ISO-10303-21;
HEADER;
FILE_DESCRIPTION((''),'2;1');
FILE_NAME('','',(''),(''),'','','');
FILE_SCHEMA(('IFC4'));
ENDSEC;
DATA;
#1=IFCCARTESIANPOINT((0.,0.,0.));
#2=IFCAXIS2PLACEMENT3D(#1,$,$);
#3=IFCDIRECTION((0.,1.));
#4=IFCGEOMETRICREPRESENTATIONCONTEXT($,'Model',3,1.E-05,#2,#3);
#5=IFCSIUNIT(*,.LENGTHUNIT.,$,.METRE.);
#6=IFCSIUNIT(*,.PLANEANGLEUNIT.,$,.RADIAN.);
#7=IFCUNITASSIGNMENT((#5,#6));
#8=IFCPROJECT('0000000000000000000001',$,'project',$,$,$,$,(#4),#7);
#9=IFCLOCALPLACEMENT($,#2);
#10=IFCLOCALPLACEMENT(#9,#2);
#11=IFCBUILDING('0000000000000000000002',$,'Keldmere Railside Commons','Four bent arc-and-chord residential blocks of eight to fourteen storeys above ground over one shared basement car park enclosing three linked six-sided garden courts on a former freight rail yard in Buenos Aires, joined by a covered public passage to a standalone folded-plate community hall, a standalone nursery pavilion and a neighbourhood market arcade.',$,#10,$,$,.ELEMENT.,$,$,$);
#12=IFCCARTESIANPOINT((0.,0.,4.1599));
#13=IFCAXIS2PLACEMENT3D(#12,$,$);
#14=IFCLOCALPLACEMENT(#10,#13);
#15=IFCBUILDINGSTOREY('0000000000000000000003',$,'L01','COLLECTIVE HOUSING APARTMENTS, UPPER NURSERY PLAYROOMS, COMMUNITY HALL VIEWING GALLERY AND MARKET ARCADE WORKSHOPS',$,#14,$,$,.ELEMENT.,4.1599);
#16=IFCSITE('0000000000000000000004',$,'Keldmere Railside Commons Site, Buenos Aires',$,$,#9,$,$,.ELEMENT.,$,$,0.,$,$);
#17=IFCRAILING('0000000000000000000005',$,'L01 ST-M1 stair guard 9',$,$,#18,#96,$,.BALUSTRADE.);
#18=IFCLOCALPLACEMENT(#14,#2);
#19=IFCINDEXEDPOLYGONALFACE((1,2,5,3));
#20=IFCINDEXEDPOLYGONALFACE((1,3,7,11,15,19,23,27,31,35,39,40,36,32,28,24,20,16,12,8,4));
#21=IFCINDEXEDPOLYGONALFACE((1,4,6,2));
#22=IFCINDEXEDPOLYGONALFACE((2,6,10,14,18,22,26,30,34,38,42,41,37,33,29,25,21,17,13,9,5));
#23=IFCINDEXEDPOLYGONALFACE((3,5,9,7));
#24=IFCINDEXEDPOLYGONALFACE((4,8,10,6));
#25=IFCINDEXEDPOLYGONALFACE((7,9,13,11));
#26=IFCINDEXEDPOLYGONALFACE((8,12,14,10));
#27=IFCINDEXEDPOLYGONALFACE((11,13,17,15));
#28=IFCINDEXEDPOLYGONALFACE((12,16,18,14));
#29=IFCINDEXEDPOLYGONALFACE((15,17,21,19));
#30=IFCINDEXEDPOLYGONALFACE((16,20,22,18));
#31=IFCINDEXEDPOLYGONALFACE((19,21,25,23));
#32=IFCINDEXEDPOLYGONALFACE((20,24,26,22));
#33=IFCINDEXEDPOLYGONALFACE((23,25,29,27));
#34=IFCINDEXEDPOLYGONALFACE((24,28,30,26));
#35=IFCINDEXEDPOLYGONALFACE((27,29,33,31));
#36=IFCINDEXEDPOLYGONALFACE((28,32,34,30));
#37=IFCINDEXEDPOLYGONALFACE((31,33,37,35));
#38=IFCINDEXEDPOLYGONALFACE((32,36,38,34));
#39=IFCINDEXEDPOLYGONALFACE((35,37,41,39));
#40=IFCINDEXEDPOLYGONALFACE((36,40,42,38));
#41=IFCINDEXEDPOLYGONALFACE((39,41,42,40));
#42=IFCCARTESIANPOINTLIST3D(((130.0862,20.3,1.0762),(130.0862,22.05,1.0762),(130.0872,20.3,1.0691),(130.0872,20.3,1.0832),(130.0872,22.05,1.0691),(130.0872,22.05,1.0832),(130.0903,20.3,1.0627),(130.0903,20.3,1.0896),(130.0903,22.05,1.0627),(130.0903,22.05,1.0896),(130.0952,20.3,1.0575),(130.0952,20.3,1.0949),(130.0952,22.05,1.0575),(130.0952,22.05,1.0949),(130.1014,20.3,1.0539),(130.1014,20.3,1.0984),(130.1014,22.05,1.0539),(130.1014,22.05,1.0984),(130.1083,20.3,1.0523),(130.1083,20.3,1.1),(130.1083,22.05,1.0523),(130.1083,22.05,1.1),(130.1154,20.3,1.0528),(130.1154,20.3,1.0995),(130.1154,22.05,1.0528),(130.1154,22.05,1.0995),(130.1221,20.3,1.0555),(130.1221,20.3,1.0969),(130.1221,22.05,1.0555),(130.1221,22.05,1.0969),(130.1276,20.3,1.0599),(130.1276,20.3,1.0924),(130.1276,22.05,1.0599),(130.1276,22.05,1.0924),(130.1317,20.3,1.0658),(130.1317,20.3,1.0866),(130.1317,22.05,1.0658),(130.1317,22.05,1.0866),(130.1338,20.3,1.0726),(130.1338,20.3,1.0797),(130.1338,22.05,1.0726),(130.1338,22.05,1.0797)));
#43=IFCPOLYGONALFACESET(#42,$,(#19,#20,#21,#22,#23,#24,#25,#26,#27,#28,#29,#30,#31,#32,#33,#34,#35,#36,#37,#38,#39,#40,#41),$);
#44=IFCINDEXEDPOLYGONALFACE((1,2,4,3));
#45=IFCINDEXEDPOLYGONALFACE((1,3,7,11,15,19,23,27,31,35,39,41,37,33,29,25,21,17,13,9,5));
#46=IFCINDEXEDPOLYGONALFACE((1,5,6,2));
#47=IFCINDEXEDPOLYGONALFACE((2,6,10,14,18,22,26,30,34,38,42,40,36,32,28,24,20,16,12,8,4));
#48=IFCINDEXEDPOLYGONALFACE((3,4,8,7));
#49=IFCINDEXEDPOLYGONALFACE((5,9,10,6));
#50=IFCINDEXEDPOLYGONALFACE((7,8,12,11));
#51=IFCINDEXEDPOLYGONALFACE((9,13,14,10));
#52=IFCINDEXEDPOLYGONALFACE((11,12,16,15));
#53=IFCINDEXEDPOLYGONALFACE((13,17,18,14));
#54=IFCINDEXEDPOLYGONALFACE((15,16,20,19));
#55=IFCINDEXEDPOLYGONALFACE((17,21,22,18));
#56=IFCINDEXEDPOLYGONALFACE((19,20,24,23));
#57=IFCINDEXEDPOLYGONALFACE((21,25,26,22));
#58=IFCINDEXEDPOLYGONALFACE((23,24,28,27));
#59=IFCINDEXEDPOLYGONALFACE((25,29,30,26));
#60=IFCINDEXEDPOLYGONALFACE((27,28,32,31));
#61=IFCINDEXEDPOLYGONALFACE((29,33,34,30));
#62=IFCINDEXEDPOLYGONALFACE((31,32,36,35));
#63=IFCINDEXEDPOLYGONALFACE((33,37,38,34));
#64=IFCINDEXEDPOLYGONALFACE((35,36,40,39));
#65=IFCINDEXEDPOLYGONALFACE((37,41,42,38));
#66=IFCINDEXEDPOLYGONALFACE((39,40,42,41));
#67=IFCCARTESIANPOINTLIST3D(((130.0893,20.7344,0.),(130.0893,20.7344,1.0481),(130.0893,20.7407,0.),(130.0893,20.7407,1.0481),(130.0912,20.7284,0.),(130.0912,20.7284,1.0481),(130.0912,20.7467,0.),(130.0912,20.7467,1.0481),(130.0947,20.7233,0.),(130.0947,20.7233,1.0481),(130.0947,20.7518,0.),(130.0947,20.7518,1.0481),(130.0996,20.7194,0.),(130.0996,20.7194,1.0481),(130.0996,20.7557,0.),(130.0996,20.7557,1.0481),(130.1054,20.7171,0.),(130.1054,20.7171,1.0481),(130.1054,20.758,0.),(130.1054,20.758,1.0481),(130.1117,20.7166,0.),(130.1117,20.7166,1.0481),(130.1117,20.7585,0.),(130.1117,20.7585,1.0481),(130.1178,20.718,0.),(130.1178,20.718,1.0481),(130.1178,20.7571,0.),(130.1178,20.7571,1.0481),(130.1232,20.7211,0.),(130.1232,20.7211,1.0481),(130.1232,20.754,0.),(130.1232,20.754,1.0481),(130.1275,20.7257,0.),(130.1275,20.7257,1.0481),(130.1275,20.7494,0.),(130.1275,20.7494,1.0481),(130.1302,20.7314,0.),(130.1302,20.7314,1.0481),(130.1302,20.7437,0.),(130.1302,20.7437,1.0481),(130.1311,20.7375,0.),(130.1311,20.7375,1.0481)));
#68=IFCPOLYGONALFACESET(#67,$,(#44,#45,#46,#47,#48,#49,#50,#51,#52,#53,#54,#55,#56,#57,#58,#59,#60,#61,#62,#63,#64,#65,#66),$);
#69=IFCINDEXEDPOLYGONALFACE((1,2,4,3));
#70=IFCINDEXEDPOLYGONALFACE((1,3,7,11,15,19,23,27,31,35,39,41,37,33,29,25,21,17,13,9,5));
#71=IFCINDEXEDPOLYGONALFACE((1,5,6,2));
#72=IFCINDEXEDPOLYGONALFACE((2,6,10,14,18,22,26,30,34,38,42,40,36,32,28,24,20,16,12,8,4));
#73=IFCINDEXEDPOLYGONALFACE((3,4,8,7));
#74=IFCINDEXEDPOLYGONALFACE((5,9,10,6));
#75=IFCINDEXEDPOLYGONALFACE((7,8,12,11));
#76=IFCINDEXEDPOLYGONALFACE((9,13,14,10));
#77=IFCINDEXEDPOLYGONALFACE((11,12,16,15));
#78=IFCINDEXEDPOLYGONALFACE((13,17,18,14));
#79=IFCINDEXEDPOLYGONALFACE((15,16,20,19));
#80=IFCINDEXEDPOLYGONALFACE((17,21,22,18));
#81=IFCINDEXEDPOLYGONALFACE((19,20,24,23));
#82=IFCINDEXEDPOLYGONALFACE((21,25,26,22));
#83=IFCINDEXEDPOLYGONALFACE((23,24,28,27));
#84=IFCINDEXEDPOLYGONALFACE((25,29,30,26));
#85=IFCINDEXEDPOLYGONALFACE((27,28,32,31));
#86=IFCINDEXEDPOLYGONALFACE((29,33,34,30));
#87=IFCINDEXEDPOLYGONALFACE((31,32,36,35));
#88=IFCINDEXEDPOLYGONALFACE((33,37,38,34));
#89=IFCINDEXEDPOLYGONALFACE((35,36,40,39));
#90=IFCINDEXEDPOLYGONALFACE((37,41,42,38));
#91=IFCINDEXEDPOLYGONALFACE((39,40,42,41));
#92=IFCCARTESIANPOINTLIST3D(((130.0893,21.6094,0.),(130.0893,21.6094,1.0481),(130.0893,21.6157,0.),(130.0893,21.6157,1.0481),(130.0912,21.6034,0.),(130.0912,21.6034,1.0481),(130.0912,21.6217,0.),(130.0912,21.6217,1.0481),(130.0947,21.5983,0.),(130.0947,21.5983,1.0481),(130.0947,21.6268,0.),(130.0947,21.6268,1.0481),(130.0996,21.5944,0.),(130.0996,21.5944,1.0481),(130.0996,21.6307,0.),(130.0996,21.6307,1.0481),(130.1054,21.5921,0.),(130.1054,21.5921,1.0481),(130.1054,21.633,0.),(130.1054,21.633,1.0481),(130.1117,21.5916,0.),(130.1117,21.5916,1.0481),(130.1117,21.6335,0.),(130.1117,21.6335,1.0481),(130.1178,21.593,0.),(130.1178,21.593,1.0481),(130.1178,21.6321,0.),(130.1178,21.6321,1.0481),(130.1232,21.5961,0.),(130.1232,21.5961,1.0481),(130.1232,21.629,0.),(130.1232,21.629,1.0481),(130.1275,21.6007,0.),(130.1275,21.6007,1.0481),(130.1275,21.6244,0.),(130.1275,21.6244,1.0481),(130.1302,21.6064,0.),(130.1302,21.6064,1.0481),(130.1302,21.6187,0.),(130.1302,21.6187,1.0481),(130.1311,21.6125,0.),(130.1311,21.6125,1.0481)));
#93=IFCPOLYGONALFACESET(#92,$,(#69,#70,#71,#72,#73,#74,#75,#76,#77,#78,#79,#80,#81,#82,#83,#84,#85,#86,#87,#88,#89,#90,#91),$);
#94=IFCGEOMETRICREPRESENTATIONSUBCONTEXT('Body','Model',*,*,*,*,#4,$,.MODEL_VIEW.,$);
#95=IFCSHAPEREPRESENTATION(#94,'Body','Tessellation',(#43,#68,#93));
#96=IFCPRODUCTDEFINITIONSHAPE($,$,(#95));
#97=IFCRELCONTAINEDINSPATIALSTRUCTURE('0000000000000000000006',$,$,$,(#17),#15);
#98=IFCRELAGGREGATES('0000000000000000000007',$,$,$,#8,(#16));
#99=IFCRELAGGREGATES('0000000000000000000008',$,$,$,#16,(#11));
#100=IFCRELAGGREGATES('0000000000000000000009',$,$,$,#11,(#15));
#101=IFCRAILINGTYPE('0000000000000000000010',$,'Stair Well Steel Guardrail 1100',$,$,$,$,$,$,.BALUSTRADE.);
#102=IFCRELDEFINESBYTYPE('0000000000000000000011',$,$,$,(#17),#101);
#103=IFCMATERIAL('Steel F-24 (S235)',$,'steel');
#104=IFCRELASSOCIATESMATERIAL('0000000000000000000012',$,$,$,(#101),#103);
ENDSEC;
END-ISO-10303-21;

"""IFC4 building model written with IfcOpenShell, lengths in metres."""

from ifc_helpers import new_model, si_unit, direction, frame, origin, origin_2d, place, context, subcontext, project, spatial, circle, extrude, material, type_object, element, save


model = new_model("IFC4")

# Units and contexts
model_context = context("Model", 3, precision=1e-05, world=origin(), true_north=direction((0.0, 1.0)))
body_context = subcontext(model_context, "Body", "Model", "MODEL_VIEW")
ifc_project = project(units=[si_unit("LENGTHUNIT", "METRE"), si_unit("PLANEANGLEUNIT", "RADIAN")], contexts=[model_context])

# Site, building, storey
site_placement = place(None, origin())
site = spatial("IfcSite", under=ifc_project, at=site_placement, Name="Keldmere Railside Commons Site, Buenos Aires", CompositionType="ELEMENT", RefElevation=0.0)
building_placement = place(site_placement, origin())
building = spatial("IfcBuilding", under=site, at=building_placement, Name="Keldmere Railside Commons", Description="Four bent arc-and-chord residential blocks of eight to fourteen storeys above ground over one shared basement car park enclosing three linked six-sided garden courts on a former freight rail yard in Buenos Aires, joined by a covered public passage to a standalone folded-plate community hall, a standalone nursery pavilion and a neighbourhood market arcade.", CompositionType="ELEMENT")
storey_placement = place(building_placement, frame((0.0, 0.0, 4.1599)))
storey = spatial("IfcBuildingStorey", under=building, at=storey_placement, Name="L01", Description="COLLECTIVE HOUSING APARTMENTS, UPPER NURSERY PLAYROOMS, COMMUNITY HALL VIEWING GALLERY AND MARKET ARCADE WORKSHOPS", CompositionType="ELEMENT", Elevation=4.1599)

# Shared definitions
ifc_material_1 = material(Name="Steel F-24 (S235)", Category="steel")

# Railing
railing_type_1 = type_object("IfcRailingType", Name="Stair Well Steel Guardrail 1100", PredefinedType="BALUSTRADE", material=ifc_material_1)
railing_1_placement = place(storey_placement, frame((130.1101, 20.3, 0.0)))
element("IfcRailing", 1, at=railing_1_placement, inside=storey, type_object=railing_type_1, Name="L01 ST-M1 stair guard 9", PredefinedType="BALUSTRADE", context=body_context, shape_type="SweptSolid", body=[
    extrude(circle(Radius=0.0239, at=origin_2d()), frame((0.0, 0.0, 1.0762), z_axis=(0.0, 1.0, 0.0), x_axis=(-1.0, 0.0, 0.0)), (0.0, 0.0, 1.0), 1.75),
    extrude(circle(Radius=0.021, at=origin_2d()), frame((0.0, 0.4375, 0.0)), (0.0, 0.0, 1.0), 1.0481),
    extrude(circle(Radius=0.021, at=origin_2d()), frame((0.0, 1.3125, 0.0)), (0.0, 0.0, 1.0), 1.0481),
])

save(model, "model.ifc")
